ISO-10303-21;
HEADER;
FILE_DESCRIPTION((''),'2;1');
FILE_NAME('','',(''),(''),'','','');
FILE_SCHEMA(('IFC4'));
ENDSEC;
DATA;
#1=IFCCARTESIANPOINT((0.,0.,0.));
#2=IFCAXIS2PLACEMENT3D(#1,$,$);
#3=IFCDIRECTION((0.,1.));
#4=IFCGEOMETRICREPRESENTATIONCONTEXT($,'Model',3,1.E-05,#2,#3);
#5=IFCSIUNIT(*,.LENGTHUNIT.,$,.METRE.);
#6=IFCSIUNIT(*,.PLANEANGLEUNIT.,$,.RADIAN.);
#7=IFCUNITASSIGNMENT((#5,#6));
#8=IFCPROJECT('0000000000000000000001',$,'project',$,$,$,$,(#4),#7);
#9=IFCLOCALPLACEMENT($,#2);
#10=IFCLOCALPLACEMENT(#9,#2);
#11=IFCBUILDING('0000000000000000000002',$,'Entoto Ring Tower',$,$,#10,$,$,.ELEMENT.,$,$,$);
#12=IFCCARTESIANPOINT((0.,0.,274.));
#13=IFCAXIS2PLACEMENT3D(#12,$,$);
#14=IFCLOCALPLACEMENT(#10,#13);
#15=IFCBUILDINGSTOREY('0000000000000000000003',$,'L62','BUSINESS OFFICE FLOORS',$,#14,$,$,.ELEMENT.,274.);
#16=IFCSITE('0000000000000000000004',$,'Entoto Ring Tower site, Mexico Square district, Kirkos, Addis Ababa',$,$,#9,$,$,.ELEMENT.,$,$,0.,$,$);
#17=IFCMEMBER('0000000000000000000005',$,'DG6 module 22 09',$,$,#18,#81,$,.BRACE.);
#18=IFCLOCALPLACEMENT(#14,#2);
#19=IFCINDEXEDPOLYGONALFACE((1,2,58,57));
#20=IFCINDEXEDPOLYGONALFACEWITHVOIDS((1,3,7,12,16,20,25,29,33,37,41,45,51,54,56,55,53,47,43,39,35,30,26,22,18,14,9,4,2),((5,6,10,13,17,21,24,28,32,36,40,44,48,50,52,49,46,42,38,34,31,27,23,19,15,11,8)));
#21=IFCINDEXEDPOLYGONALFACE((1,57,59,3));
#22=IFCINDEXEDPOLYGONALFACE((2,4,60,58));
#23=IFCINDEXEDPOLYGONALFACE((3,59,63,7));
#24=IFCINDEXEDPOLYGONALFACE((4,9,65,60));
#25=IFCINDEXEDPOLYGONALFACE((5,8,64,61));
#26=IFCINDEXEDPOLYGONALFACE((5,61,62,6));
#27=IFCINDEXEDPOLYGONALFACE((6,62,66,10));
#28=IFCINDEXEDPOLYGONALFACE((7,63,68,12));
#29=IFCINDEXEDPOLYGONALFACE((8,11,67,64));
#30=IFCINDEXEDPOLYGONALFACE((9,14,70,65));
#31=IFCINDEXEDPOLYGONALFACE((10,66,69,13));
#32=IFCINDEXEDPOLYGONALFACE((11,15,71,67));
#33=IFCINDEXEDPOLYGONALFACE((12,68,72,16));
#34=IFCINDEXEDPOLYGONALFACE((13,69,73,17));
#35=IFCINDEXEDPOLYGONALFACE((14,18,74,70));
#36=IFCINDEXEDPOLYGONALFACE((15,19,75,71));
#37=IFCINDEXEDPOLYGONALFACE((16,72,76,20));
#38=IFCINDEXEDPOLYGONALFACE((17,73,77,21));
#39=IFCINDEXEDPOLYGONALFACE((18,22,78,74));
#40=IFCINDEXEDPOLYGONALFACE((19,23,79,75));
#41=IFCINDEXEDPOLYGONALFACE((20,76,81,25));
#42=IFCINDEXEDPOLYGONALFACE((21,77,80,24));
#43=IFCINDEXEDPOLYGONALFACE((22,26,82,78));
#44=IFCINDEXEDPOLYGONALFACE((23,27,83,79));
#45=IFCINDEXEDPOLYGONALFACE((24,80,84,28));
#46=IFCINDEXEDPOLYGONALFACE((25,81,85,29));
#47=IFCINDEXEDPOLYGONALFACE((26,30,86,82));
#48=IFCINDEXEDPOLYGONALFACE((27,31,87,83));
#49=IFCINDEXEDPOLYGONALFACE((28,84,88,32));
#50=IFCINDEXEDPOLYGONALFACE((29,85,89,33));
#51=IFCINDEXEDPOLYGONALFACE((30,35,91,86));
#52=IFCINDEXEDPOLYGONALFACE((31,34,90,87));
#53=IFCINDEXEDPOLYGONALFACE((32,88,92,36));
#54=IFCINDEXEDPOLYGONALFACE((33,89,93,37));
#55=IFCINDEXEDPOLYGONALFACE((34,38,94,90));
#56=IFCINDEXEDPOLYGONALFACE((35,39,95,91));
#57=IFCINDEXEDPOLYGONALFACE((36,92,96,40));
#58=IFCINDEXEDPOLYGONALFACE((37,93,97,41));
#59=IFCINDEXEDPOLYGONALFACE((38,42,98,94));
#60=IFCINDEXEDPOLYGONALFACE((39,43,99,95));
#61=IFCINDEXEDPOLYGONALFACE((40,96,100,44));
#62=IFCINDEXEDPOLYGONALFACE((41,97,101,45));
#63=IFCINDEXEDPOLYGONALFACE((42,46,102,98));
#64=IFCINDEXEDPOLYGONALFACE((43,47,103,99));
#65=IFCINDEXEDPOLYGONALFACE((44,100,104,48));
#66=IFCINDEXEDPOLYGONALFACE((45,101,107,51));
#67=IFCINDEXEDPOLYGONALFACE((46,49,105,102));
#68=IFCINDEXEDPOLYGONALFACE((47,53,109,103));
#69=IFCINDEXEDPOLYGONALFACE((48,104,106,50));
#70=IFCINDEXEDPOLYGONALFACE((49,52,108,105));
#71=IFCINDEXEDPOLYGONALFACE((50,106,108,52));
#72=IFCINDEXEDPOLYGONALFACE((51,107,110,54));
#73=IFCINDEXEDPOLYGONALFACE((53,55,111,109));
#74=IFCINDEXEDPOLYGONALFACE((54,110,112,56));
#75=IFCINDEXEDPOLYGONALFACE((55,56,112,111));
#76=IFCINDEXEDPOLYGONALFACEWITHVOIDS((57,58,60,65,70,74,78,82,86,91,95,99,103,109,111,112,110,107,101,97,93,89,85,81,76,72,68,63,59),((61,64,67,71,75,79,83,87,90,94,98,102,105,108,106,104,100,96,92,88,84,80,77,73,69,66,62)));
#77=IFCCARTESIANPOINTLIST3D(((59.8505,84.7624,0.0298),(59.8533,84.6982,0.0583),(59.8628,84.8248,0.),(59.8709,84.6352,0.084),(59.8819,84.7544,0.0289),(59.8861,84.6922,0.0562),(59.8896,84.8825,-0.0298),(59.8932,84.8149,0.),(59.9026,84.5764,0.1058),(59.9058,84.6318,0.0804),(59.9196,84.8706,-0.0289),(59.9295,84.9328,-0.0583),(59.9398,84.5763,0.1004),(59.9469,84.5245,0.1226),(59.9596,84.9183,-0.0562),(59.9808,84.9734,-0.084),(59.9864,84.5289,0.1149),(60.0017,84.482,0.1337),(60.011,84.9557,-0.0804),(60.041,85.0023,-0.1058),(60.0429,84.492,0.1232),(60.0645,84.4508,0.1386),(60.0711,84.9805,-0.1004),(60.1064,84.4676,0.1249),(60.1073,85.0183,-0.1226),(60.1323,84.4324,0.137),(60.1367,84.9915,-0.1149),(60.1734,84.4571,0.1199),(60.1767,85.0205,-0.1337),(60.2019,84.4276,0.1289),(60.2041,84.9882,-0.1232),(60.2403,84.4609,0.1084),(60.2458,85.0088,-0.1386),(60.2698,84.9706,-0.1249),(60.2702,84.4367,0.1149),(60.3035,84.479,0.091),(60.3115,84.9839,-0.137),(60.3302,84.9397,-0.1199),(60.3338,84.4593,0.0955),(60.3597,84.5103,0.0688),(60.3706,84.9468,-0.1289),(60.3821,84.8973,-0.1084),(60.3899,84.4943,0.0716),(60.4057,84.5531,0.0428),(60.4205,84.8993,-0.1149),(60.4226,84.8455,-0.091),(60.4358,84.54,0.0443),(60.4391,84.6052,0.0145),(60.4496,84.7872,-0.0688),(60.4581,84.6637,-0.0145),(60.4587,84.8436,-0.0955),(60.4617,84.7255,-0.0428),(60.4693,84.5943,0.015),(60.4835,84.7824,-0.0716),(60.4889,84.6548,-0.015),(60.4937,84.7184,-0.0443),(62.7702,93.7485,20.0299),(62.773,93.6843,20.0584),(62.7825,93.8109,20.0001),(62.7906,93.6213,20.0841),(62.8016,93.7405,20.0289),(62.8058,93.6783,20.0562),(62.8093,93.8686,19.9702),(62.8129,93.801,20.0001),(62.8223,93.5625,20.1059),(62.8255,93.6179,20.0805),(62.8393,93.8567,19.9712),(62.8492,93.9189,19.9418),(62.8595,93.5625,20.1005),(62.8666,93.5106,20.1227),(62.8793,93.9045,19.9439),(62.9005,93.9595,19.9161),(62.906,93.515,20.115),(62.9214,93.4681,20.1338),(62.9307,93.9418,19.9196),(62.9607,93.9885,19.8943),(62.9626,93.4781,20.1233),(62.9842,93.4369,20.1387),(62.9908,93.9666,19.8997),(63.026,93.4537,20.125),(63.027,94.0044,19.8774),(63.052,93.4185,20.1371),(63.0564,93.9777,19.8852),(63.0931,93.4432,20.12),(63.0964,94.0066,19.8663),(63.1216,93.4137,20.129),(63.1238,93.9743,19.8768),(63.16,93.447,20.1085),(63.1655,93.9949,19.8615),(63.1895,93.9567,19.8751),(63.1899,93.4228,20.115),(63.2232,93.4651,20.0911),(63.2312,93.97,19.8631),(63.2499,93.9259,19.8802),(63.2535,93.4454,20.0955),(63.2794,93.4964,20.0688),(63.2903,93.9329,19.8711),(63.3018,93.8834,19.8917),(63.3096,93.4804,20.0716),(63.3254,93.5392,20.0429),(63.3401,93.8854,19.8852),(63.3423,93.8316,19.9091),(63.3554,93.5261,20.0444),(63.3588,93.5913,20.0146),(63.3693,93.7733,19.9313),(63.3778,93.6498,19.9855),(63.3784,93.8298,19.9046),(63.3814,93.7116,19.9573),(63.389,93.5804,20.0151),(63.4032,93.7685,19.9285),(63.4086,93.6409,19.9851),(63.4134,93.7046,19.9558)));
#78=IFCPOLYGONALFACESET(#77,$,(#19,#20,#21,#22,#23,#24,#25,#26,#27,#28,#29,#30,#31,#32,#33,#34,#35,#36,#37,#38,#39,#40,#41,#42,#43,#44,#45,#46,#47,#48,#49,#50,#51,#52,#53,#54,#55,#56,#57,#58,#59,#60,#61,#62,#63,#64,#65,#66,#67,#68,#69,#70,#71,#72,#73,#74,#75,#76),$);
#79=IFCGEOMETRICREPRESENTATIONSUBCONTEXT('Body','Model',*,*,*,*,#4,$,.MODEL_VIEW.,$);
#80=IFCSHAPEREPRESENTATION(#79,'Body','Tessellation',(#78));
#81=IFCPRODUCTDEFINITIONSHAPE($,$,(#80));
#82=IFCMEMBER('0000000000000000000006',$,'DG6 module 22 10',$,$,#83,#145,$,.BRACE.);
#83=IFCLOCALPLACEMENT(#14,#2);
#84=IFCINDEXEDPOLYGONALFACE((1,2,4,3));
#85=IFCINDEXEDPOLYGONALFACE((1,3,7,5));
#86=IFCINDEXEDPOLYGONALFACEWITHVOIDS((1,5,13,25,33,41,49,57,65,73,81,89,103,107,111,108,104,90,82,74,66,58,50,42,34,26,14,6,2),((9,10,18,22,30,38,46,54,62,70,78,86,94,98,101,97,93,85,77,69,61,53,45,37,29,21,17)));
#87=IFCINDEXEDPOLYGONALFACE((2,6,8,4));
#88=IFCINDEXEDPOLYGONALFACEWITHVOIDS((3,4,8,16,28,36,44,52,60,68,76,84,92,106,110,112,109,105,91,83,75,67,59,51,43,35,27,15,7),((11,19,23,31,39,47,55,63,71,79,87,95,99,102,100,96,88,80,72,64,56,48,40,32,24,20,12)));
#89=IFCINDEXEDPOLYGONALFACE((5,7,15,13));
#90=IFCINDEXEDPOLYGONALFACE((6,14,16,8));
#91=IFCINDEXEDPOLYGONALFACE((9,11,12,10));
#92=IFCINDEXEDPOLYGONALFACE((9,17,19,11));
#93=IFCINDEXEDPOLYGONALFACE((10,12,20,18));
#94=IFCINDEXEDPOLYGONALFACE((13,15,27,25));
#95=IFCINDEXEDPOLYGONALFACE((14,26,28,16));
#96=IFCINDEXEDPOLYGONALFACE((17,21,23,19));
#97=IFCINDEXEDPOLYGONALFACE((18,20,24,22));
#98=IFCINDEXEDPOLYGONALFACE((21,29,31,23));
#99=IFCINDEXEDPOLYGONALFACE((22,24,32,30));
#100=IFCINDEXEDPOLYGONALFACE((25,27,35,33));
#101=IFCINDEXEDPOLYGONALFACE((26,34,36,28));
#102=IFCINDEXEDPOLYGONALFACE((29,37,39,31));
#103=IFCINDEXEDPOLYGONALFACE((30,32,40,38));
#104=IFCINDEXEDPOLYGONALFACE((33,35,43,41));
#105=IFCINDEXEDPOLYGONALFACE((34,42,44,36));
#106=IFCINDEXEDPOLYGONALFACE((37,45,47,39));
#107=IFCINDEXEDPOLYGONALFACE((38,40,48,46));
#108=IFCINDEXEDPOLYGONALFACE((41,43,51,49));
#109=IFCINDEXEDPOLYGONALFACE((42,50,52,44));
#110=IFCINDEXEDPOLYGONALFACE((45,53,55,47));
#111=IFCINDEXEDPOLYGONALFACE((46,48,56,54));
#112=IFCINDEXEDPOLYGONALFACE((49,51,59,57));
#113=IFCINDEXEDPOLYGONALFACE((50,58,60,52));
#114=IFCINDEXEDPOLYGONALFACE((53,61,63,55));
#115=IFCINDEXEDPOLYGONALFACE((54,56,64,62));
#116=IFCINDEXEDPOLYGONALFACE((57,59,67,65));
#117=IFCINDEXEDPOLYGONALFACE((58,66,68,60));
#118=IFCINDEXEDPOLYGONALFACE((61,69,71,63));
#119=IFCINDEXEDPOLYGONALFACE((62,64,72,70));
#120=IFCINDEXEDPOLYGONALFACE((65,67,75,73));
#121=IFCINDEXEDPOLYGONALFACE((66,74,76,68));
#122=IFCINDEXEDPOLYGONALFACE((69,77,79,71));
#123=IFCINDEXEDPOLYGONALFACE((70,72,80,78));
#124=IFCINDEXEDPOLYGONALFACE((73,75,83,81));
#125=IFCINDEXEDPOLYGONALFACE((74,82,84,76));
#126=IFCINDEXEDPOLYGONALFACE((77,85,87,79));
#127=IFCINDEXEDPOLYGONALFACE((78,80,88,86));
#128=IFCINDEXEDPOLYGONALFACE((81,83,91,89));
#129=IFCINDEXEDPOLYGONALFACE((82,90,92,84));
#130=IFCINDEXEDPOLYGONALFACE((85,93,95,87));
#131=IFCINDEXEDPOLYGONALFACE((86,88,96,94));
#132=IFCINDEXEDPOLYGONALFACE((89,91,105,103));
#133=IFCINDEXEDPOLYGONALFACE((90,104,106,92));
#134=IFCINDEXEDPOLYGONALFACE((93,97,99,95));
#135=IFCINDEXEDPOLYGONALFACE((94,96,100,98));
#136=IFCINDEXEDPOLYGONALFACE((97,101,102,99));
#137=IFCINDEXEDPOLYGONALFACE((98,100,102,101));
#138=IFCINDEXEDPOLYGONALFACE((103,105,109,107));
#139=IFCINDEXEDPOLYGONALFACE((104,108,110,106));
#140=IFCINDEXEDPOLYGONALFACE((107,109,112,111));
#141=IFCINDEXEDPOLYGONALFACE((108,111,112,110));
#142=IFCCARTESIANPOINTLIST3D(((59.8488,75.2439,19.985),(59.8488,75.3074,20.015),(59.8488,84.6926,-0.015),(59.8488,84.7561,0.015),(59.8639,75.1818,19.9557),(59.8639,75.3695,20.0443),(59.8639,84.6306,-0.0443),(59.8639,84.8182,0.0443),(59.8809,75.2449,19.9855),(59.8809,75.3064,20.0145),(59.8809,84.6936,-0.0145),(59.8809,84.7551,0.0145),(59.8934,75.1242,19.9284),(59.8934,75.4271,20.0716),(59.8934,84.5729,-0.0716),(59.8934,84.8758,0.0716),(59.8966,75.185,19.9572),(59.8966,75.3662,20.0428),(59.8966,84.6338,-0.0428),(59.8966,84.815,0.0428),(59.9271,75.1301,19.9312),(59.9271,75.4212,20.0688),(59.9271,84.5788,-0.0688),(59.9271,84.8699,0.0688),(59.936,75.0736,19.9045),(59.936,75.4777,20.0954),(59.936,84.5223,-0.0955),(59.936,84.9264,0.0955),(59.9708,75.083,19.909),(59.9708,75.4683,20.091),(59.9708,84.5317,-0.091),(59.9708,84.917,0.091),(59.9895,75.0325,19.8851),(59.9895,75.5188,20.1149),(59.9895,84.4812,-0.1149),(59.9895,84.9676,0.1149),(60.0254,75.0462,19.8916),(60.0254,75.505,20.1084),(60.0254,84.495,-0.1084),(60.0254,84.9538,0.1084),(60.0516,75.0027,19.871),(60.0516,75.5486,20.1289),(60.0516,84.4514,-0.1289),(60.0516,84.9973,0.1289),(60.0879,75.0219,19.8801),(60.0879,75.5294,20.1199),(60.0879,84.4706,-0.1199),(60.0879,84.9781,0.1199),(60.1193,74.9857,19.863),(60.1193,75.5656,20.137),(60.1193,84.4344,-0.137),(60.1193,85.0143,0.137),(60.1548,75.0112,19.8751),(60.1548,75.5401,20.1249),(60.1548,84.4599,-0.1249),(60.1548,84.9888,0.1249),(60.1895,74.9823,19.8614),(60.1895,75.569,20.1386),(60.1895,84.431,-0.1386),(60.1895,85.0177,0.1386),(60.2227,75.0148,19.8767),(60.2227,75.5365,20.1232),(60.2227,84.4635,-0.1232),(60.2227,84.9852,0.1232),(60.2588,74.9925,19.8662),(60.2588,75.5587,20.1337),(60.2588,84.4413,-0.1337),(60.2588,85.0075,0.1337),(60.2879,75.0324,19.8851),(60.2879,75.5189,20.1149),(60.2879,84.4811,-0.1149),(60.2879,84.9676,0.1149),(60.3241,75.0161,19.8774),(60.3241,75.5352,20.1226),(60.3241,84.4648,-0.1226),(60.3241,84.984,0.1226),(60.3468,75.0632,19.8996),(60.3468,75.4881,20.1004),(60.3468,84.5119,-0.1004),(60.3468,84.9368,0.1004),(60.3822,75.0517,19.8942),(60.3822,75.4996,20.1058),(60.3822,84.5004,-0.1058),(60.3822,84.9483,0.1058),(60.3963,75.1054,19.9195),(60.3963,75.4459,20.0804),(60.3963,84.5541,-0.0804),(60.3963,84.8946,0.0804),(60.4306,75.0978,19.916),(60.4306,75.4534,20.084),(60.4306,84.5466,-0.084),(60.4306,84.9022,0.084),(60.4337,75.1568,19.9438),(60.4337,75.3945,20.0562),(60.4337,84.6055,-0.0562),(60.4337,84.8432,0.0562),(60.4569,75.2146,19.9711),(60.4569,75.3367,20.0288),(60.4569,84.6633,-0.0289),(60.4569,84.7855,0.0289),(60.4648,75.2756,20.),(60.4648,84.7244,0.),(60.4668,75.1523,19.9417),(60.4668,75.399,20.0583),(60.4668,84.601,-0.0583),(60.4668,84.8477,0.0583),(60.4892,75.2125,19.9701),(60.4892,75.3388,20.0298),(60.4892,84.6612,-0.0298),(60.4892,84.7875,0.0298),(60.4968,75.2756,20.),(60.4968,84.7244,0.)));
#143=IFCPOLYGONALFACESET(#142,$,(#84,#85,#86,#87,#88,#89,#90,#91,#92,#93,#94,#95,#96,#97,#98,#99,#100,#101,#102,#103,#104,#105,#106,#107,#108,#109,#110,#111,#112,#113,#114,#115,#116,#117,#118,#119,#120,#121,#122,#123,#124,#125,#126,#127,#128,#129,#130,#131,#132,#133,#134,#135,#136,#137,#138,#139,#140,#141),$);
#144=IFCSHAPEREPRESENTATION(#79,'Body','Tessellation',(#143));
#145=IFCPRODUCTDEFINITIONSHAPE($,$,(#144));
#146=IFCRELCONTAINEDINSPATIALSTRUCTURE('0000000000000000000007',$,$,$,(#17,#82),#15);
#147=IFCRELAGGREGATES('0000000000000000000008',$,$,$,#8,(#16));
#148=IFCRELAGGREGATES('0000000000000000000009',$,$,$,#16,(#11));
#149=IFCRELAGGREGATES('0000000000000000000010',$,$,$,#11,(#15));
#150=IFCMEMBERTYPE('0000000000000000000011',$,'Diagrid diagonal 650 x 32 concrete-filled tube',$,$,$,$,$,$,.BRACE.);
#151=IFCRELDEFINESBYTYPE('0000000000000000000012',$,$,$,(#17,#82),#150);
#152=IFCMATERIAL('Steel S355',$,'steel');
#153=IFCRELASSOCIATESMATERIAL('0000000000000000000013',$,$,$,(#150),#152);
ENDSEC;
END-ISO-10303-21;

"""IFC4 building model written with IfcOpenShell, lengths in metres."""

from ifc_helpers import new_model, si_unit, direction, frame, origin, origin_2d, place, context, subcontext, project, spatial, circle, hollow_circle, extrude, material, material_profile, profile_set, type_object, element, save


model = new_model("IFC4")

# Units and contexts
model_context = context("Model", 3, precision=1e-05, world=origin(), true_north=direction((0.0, 1.0)))
body_context = subcontext(model_context, "Body", "Model", "MODEL_VIEW")
ifc_project = project(units=[si_unit("LENGTHUNIT", "METRE"), si_unit("PLANEANGLEUNIT", "RADIAN")], contexts=[model_context])

# Site, building, storey
site_placement = place(None, origin())
site = spatial("IfcSite", under=ifc_project, at=site_placement, Name="Entoto Ring Tower site, Mexico Square district, Kirkos, Addis Ababa", CompositionType="ELEMENT", RefElevation=0.0)
building_placement = place(site_placement, origin())
building = spatial("IfcBuilding", under=site, at=building_placement, Name="Entoto Ring Tower", CompositionType="ELEMENT")
storey_placement = place(building_placement, frame((0.0, 0.0, 274.0)))
storey = spatial("IfcBuildingStorey", under=building, at=storey_placement, Name="L62", Description="BUSINESS OFFICE FLOORS", CompositionType="ELEMENT", Elevation=274.0)

# Members
ifc_material_1 = material(Name="Steel S355", Category="steel")
ifc_material_profile_1 = material_profile(ifc_material_1, hollow_circle(Radius=0.325, WallThickness=0.032, at=origin_2d()), Name="CHS 650 x 32")
ifc_material_2 = material(Name="Concrete C60/75", Category="concrete")
ifc_material_profile_2 = material_profile(ifc_material_2, circle(Radius=0.293, at=origin_2d()), Name="Concrete C60/75 infill")
ifc_profile_set_1 = profile_set([ifc_material_profile_1, ifc_material_profile_2], Name="Steel S355")
member_type_1 = type_object("IfcMemberType", Name="Diagrid diagonal 650 x 32 concrete-filled tube", PredefinedType="BRACE", material=ifc_profile_set_1)
for number, where, z_axis, x_axis, name in (
    (1, (60.1719, 84.7244, 0.0), (0.131995, 0.406251, 0.904178), (-0.951059, 0.30901, 0.0), "DG6 module 22 09"),
    (2, (60.1719, 84.7244, 0.0), (0.0, -0.427165, 0.904174), (1.0, 0.0, 0.0), "DG6 module 22 10"),
):
    element("IfcMember", number, at=place(storey_placement, frame(where, z_axis=z_axis, x_axis=x_axis)), inside=storey, type_object=member_type_1, Name=name, PredefinedType="BRACE", context=body_context, shape_type="SweptSolid", body=[
        extrude(hollow_circle(Radius=0.325, WallThickness=0.032, at=origin_2d()), origin(), (0.0, 0.0, 1.0), 22.1196),
    ])

save(model, "model.ifc")
